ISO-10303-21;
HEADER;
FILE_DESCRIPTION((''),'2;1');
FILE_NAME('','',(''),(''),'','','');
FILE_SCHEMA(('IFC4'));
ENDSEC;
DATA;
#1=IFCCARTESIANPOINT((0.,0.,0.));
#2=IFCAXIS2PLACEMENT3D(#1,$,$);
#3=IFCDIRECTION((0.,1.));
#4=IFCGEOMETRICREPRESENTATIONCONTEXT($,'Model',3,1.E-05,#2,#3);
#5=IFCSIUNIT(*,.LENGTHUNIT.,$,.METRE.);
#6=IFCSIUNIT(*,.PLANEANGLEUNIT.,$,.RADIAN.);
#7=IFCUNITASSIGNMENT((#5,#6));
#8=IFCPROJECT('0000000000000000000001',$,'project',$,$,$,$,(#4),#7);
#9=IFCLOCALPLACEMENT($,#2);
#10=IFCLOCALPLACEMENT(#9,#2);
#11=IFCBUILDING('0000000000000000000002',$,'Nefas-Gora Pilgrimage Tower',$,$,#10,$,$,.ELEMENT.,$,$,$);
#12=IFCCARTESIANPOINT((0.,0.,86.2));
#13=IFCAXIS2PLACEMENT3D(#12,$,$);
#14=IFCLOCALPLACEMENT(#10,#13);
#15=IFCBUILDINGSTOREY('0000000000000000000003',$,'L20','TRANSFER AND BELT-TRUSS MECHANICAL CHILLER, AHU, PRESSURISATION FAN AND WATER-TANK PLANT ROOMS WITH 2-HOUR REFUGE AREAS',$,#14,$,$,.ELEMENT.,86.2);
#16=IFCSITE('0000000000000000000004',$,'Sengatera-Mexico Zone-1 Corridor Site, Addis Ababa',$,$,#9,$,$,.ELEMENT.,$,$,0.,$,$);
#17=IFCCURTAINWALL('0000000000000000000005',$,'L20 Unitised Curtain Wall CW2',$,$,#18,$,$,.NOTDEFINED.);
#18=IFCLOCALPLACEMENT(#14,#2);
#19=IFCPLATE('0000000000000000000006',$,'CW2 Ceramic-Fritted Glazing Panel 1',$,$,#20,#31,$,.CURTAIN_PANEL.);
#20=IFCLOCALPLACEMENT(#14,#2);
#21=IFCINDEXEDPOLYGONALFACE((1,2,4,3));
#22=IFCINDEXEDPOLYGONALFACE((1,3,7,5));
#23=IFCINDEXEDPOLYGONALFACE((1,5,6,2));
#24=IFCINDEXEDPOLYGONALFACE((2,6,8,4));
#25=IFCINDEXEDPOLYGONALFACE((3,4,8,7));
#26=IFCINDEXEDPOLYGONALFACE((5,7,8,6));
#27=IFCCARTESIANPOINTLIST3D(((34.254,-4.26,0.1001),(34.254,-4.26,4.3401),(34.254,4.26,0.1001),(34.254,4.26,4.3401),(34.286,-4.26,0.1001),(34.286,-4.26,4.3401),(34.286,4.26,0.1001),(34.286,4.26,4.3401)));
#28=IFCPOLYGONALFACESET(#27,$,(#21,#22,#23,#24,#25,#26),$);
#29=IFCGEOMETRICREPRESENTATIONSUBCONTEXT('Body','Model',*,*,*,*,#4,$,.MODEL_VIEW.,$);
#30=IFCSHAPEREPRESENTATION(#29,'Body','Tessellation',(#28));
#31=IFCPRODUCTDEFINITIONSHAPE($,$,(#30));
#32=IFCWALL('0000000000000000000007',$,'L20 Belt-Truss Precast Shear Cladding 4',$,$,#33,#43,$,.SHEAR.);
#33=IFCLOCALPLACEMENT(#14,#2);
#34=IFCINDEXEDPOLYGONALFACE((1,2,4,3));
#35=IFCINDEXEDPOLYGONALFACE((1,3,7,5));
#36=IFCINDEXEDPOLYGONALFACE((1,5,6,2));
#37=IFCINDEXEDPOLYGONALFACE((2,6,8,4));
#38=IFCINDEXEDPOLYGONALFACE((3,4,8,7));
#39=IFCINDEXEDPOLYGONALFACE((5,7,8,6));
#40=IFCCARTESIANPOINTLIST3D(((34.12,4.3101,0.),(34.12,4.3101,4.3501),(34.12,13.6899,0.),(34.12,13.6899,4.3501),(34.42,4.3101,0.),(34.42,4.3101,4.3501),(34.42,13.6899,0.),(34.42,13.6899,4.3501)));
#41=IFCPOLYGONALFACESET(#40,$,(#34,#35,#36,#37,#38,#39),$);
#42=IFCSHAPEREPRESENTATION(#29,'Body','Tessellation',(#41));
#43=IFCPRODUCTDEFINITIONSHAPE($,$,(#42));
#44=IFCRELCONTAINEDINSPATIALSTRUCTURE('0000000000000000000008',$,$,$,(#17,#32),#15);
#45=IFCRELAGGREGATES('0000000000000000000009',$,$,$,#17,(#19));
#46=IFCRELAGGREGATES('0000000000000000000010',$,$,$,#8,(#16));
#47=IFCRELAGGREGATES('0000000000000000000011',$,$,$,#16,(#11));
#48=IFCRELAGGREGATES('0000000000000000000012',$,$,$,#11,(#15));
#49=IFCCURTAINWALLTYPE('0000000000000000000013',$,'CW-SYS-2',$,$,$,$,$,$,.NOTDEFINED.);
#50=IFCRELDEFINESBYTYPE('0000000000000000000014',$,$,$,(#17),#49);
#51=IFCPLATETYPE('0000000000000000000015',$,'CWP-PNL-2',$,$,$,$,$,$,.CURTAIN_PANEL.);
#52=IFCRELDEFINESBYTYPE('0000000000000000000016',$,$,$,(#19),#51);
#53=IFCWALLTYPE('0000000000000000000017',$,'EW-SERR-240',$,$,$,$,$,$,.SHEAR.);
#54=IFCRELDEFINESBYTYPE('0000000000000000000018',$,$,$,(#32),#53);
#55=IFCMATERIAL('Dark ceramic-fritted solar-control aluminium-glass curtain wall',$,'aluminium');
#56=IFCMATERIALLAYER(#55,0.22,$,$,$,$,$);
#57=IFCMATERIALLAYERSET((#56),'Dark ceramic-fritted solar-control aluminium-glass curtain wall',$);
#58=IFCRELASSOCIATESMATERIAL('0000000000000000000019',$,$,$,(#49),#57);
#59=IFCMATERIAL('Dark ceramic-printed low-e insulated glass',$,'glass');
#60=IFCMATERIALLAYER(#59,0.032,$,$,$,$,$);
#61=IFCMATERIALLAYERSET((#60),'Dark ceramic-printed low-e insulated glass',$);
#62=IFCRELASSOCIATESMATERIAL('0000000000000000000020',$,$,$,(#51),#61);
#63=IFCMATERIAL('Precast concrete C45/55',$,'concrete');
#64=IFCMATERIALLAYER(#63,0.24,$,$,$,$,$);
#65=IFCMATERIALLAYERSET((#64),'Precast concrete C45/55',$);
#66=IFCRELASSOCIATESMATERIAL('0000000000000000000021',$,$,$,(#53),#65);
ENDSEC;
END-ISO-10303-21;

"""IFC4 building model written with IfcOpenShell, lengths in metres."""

from ifc_helpers import new_model, si_unit, direction, frame, frame_2d, origin, origin_2d, place, context, subcontext, project, spatial, rectangle, extrude, source, transform, mapped, material, layer, layer_set, type_object, element, aggregate, save


model = new_model("IFC4")

# Units and contexts
model_context = context("Model", 3, precision=1e-05, world=origin(), true_north=direction((0.0, 1.0)))
body_context = subcontext(model_context, "Body", "Model", "MODEL_VIEW")
ifc_project = project(units=[si_unit("LENGTHUNIT", "METRE"), si_unit("PLANEANGLEUNIT", "RADIAN")], contexts=[model_context])

# Site, building, storey
site_placement = place(None, origin())
site = spatial("IfcSite", under=ifc_project, at=site_placement, Name="Sengatera-Mexico Zone-1 Corridor Site, Addis Ababa", CompositionType="ELEMENT", RefElevation=0.0)
building_placement = place(site_placement, origin())
building = spatial("IfcBuilding", under=site, at=building_placement, Name="Nefas-Gora Pilgrimage Tower", CompositionType="ELEMENT")
storey_placement = place(building_placement, frame((0.0, 0.0, 86.2)))
storey = spatial("IfcBuildingStorey", under=building, at=storey_placement, Name="L20", Description="TRANSFER AND BELT-TRUSS MECHANICAL CHILLER, AHU, PRESSURISATION FAN AND WATER-TANK PLANT ROOMS WITH 2-HOUR REFUGE AREAS", CompositionType="ELEMENT", Elevation=86.2)

# Curtain wall
ifc_material_1 = material(Name="Dark ceramic-fritted solar-control aluminium-glass curtain wall", Category="aluminium")
ifc_layer_1 = layer(ifc_material_1, 0.22)
ifc_layer_set_1 = layer_set([ifc_layer_1], Name="Dark ceramic-fritted solar-control aluminium-glass curtain wall")
curtain_wall_type = type_object("IfcCurtainWallType", Name="CW-SYS-2", PredefinedType="NOTDEFINED", material=ifc_layer_set_1)
curtain_wall_placement = place(storey_placement, origin())
curtain_wall = element("IfcCurtainWall", 1, at=curtain_wall_placement, inside=storey, type_object=curtain_wall_type, Name="L20 Unitised Curtain Wall CW2", PredefinedType="NOTDEFINED")

# Plate
ifc_material_2 = material(Name="Dark ceramic-printed low-e insulated glass", Category="glass")
ifc_layer_2 = layer(ifc_material_2, 0.032)
ifc_layer_set_2 = layer_set([ifc_layer_2], Name="Dark ceramic-printed low-e insulated glass")
plate_type_1 = type_object("IfcPlateType", Name="CWP-PNL-2", PredefinedType="CURTAIN_PANEL", material=ifc_layer_set_2)
shared_shape_1 = source(origin(), body_context, "Body", "SweptSolid", [
    extrude(rectangle(XDim=8.52, YDim=0.032, at=origin_2d()), origin(), (0.0, 0.0, 1.0), 4.24),
])
plate_placement = place(storey_placement, frame((34.27, 0.0, 0.1001), z_axis=(0.0, 0.0, 1.0), x_axis=(0.0, 1.0, 0.0)))
plate = element("IfcPlate", 2, at=plate_placement, type_object=plate_type_1, Name="CW2 Ceramic-Fritted Glazing Panel 1", PredefinedType="CURTAIN_PANEL", context=body_context, shape_type="MappedRepresentation", body=[
    mapped(shared_shape_1, transform((0.0, 0.0, 0.0), x_axis=(1.0, 0.0, 0.0), y_axis=(0.0, 1.0, 0.0), z_axis=(0.0, 0.0, 1.0), scale=1.0)),
])
aggregate(curtain_wall, [plate])

# Wall
ifc_material_3 = material(Name="Precast concrete C45/55", Category="concrete")
ifc_layer_3 = layer(ifc_material_3, 0.24)
ifc_layer_set_3 = layer_set([ifc_layer_3], Name="Precast concrete C45/55")
wall_type = type_object("IfcWallType", Name="EW-SERR-240", PredefinedType="SHEAR", material=ifc_layer_set_3)
shared_shape_2 = source(origin(), body_context, "Body", "SweptSolid", [
    extrude(rectangle(XDim=9.3799, YDim=0.3, at=frame_2d((4.6899, 0.0))), origin(), (0.0, 0.0, 1.0), 4.3501),
])
wall_placement = place(storey_placement, frame((34.27, 4.3101, 0.0), z_axis=(0.0, 0.0, 1.0), x_axis=(0.0, 1.0, 0.0)))
element("IfcWall", 3, at=wall_placement, inside=storey, type_object=wall_type, Name="L20 Belt-Truss Precast Shear Cladding 4", PredefinedType="SHEAR", context=body_context, shape_type="MappedRepresentation", body=[
    mapped(shared_shape_2, transform((0.0, 0.0, 0.0), x_axis=(1.0, 0.0, 0.0), y_axis=(0.0, 1.0, 0.0), z_axis=(0.0, 0.0, 1.0), scale=1.0)),
])

save(model, "model.ifc")
